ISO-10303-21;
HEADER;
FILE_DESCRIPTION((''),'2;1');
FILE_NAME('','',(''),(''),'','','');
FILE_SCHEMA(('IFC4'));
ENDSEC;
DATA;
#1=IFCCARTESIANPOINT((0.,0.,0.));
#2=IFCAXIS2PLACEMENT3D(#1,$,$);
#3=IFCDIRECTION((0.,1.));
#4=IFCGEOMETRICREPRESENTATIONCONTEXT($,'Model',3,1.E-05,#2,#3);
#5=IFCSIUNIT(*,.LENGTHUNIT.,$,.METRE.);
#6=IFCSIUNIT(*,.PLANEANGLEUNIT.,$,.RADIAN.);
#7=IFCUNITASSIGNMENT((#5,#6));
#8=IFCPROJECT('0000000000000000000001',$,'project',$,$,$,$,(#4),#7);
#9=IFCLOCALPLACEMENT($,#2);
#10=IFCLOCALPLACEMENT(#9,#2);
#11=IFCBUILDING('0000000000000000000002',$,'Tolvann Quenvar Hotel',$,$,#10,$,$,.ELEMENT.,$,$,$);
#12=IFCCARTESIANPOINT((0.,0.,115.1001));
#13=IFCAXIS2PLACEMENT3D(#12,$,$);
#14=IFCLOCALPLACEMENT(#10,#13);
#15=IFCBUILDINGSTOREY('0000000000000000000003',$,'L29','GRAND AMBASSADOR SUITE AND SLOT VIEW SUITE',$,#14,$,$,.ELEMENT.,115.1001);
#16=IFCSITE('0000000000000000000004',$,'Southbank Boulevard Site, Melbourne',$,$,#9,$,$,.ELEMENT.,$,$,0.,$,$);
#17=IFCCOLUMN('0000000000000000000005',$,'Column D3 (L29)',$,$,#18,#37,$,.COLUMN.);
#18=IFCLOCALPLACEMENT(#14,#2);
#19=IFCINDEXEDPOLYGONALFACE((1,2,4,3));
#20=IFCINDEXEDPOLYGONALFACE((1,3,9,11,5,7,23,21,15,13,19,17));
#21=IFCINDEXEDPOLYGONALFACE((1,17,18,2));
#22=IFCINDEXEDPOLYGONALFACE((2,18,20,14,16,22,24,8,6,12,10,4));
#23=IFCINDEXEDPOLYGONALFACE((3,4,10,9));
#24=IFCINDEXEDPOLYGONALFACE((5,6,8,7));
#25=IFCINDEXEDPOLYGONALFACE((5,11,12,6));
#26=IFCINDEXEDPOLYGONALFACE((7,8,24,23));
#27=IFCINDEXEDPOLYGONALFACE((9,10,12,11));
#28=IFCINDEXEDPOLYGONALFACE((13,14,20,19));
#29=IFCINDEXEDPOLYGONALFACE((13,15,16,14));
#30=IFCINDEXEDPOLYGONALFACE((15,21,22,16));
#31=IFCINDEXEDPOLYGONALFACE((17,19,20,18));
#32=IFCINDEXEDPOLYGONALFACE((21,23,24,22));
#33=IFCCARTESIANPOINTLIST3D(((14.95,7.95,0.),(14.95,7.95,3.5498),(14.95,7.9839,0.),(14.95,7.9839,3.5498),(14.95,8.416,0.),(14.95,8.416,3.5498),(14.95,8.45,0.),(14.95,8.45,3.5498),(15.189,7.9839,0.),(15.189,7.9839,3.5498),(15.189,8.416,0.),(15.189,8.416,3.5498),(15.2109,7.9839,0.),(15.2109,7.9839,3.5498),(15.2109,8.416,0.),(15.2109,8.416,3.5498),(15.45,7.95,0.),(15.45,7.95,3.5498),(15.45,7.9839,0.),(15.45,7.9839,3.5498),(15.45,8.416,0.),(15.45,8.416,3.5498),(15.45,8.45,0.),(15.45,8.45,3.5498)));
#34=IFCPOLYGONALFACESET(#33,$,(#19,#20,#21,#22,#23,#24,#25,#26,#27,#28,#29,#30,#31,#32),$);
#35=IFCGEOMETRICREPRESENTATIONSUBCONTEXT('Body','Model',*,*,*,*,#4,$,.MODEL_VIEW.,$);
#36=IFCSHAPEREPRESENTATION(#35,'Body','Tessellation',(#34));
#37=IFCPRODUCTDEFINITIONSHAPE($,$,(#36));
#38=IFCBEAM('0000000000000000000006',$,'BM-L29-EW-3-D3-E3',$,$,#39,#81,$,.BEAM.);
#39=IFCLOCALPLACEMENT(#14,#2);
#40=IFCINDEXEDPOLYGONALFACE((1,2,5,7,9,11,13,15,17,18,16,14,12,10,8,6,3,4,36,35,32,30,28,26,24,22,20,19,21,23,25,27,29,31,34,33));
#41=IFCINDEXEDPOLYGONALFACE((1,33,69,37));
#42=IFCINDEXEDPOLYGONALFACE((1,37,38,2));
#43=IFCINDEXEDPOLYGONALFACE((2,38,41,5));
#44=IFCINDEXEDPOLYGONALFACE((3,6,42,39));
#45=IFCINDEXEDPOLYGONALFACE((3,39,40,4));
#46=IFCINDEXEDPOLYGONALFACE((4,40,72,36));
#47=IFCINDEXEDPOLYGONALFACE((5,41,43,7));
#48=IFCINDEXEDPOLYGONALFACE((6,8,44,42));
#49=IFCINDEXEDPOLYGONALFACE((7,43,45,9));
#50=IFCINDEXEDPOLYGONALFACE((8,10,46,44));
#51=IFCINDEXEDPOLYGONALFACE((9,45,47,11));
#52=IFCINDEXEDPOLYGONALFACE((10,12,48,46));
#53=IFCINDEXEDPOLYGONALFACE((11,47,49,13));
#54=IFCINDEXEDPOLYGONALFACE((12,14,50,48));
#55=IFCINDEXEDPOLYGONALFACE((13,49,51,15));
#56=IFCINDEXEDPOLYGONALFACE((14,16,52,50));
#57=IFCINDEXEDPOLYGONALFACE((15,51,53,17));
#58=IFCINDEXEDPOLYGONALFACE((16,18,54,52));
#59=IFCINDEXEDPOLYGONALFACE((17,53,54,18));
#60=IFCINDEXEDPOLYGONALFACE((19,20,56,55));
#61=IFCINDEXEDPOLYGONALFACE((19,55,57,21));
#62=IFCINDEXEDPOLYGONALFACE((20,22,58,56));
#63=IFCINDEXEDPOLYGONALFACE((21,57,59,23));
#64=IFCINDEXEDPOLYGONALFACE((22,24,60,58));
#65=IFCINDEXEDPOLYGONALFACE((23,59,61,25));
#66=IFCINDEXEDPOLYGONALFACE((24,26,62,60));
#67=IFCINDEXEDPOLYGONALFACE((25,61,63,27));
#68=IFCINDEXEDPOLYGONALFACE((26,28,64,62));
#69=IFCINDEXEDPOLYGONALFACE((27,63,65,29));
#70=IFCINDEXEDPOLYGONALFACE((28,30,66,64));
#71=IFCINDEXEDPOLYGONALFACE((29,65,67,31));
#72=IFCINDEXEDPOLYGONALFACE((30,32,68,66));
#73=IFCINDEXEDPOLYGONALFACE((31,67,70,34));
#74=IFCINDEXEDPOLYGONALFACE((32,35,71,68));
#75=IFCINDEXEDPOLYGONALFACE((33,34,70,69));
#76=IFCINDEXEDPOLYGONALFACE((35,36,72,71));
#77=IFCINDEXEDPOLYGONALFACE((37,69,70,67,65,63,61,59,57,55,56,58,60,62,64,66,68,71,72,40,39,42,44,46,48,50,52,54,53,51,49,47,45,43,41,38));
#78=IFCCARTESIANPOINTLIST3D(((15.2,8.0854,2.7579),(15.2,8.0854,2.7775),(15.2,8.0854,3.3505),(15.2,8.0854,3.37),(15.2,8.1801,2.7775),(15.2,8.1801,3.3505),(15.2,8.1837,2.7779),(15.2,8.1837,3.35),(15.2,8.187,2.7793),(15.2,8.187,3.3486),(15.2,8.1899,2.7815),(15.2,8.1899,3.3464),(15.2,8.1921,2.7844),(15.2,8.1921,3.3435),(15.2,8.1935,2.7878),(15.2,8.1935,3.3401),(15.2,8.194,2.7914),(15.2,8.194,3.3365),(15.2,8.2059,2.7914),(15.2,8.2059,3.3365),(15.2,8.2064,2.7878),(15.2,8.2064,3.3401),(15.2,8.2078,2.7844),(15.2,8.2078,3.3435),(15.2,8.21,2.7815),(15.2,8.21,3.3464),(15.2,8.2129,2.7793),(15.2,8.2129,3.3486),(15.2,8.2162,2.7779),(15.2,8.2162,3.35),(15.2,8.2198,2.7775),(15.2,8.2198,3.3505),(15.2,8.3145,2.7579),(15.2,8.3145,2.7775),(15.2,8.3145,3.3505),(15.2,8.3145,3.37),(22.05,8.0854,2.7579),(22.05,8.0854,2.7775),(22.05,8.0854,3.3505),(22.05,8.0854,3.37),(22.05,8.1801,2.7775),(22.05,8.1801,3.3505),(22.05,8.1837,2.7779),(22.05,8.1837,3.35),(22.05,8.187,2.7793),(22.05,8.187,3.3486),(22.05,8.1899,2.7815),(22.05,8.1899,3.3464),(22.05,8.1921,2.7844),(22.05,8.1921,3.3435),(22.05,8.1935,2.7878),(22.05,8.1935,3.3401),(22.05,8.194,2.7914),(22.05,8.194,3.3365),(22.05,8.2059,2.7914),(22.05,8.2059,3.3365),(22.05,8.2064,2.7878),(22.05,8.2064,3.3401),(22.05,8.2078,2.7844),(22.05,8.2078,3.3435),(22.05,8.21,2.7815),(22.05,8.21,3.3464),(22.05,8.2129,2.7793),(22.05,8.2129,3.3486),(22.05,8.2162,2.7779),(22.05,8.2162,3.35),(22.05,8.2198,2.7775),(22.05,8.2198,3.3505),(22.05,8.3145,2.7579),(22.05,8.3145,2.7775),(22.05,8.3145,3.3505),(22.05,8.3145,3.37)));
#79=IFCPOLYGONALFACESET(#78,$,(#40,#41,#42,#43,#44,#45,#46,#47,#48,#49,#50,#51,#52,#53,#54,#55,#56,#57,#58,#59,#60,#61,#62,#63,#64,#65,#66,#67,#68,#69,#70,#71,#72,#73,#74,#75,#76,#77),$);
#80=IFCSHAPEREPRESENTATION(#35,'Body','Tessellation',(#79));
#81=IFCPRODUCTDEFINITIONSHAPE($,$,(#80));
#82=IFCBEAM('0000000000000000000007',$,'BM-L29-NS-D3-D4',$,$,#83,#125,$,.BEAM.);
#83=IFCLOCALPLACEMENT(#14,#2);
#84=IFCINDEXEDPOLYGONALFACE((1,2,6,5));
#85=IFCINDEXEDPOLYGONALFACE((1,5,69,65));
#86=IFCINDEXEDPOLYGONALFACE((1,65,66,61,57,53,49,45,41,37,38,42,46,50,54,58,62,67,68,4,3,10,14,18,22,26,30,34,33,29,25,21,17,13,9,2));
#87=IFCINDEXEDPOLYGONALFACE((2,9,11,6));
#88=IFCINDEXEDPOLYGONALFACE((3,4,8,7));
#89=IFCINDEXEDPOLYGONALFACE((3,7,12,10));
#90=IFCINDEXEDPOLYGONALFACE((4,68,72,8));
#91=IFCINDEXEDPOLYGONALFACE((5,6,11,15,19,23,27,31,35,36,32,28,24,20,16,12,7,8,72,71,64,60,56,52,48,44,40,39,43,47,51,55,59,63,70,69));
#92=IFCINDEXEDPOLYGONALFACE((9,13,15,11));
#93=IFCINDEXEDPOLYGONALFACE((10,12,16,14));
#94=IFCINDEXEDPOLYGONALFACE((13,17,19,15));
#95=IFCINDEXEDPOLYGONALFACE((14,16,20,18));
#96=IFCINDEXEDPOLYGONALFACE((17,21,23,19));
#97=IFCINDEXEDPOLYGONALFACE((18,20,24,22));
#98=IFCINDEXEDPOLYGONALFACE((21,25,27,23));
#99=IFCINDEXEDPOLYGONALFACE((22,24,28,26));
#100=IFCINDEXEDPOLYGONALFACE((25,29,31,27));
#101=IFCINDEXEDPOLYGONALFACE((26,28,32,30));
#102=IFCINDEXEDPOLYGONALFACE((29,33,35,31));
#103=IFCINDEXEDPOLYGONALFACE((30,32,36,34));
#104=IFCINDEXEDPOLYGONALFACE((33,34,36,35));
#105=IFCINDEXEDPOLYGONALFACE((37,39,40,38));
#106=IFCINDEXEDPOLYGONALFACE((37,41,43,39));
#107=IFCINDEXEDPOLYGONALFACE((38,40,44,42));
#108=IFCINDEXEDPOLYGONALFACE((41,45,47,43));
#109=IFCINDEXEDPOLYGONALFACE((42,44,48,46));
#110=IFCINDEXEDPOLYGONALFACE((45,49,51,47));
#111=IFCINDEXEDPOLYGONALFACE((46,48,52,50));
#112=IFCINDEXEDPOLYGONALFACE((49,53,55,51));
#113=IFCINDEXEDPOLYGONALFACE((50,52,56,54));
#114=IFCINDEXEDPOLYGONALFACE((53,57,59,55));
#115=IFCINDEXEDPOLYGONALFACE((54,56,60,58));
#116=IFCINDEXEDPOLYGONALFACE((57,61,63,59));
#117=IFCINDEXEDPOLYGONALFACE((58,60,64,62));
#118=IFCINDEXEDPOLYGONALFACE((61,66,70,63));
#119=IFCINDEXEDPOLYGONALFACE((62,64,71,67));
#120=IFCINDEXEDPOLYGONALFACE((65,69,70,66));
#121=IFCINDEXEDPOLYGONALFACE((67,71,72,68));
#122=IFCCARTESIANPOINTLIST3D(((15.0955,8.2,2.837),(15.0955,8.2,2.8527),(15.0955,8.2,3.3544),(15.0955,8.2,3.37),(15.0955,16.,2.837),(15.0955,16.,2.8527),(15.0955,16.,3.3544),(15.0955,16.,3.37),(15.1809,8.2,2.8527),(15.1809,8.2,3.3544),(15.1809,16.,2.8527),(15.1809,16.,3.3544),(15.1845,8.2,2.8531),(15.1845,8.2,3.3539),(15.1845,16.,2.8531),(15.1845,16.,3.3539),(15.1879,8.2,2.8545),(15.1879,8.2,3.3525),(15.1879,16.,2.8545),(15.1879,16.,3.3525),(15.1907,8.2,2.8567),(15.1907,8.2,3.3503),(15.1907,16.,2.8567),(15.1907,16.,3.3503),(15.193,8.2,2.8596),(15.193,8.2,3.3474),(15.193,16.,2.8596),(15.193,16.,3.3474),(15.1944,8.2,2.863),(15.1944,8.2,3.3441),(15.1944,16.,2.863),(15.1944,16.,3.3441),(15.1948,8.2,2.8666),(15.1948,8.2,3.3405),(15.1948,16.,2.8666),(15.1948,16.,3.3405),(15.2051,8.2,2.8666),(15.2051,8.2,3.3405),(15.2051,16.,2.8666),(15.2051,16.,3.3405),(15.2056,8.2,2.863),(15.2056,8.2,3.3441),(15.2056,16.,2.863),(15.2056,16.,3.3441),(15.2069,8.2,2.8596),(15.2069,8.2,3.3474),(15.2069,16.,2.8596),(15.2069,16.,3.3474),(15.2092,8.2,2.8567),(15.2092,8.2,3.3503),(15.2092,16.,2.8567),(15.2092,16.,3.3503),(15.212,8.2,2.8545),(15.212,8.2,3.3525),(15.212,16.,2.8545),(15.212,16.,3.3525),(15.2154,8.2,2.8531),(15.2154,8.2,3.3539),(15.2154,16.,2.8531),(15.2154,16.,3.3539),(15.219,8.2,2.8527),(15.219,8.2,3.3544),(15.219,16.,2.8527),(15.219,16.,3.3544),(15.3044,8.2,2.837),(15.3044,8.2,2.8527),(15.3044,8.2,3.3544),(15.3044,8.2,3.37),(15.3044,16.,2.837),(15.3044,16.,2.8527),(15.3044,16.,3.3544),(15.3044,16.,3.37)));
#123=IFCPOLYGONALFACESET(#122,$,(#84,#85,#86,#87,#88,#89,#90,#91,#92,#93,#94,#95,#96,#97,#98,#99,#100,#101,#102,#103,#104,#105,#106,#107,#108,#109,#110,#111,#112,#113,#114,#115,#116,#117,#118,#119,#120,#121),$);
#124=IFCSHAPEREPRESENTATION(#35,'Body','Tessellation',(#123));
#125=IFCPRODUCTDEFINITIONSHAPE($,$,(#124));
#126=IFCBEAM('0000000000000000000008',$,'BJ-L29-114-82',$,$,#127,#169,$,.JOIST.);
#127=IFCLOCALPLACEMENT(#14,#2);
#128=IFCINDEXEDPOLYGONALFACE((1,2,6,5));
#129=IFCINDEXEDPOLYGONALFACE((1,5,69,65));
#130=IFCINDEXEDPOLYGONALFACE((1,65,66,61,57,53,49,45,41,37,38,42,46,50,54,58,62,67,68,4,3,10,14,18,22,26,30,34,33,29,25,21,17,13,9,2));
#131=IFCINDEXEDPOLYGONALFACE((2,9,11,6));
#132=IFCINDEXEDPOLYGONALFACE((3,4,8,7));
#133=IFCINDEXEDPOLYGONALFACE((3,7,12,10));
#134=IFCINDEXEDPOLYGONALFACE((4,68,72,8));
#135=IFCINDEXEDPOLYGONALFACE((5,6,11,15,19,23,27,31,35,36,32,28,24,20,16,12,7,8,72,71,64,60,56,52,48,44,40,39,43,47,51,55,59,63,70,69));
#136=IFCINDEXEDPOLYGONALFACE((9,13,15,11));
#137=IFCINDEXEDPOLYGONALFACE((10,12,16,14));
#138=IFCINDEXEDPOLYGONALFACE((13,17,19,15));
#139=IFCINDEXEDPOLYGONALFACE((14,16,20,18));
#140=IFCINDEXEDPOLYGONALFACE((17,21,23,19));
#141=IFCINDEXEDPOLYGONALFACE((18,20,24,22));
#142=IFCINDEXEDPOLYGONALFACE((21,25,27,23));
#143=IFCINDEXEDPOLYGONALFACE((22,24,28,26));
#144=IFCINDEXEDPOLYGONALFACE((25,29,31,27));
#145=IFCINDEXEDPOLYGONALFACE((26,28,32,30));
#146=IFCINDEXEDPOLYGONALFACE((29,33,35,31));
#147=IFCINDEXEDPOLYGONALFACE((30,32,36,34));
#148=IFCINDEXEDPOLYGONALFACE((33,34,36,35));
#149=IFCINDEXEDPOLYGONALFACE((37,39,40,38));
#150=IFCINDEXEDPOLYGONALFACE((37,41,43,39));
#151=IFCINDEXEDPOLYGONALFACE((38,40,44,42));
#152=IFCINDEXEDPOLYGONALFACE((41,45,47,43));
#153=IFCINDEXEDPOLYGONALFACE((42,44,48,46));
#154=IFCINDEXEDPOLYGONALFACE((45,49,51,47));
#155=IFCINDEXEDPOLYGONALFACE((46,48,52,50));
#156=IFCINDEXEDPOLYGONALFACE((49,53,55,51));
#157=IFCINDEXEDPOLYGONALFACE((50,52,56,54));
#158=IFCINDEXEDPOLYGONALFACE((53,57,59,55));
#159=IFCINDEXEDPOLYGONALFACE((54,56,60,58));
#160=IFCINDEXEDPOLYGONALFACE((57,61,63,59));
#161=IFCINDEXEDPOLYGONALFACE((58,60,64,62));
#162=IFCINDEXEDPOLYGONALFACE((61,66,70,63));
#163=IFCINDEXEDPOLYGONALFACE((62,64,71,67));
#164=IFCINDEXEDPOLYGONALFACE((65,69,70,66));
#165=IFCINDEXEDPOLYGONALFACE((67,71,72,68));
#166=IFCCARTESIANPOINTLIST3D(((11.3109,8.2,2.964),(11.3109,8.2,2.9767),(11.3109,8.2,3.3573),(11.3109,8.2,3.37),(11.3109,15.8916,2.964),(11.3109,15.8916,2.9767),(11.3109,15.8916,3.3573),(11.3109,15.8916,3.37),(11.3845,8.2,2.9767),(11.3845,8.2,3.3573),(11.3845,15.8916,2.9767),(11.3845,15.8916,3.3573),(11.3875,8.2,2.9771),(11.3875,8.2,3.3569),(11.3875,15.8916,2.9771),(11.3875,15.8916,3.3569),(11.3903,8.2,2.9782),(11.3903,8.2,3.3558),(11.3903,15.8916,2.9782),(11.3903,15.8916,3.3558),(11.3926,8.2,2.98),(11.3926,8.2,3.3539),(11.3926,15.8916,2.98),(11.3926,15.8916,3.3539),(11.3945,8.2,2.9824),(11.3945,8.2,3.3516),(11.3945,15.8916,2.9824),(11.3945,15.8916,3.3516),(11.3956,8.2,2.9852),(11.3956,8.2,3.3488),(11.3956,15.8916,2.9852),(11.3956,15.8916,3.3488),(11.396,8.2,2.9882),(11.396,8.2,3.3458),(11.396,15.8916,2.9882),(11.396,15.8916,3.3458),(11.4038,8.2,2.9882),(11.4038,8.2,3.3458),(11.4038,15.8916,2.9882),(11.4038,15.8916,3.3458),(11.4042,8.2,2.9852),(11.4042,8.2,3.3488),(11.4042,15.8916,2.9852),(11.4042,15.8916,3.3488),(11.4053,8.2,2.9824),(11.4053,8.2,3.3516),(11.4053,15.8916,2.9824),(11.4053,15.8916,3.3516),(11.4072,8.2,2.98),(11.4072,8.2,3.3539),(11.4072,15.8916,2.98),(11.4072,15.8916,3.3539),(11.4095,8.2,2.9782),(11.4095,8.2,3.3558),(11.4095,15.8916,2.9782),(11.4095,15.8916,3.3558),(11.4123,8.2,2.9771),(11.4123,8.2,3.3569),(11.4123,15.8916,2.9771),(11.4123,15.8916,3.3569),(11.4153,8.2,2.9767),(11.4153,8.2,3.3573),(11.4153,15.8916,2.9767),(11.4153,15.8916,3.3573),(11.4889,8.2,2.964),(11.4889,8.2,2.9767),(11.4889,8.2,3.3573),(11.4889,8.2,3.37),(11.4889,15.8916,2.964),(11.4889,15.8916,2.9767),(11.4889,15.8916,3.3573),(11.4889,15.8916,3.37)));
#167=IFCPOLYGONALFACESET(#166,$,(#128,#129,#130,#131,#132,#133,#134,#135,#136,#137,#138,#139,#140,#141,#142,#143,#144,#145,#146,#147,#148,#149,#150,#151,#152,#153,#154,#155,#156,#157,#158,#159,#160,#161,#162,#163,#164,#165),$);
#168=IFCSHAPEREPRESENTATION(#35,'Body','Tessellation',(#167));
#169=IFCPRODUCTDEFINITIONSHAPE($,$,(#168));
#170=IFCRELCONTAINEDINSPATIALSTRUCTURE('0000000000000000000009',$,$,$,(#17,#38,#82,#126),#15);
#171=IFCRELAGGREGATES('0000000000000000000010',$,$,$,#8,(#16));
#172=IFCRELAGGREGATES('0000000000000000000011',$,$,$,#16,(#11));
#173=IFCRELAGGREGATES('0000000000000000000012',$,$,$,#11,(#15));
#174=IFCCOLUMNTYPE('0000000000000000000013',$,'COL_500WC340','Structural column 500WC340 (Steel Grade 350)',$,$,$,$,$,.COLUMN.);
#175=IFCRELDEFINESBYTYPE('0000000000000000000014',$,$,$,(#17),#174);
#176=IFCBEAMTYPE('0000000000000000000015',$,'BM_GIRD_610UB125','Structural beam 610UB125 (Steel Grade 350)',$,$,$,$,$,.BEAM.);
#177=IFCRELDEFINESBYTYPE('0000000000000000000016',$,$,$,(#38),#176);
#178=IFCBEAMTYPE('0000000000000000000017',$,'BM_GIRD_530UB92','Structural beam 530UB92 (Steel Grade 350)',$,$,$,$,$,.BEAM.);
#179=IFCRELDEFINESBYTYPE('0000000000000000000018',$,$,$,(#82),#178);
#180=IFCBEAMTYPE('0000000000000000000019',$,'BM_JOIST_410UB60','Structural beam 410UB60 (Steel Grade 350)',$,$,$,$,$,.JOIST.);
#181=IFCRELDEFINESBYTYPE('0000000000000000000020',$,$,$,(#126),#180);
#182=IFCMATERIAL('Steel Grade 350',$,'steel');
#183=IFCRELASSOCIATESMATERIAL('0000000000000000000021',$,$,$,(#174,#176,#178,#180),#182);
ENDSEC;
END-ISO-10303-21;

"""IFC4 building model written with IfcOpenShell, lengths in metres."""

from ifc_helpers import new_model, si_unit, direction, frame, origin, origin_2d, place, context, subcontext, project, spatial, i_section, extrude, source, transform, mapped, material, material_profile, profile_set, type_object, type_shapes, element, save


model = new_model("IFC4")

# Units and contexts
model_context = context("Model", 3, precision=1e-05, world=origin(), true_north=direction((0.0, 1.0)))
body_context = subcontext(model_context, "Body", "Model", "MODEL_VIEW")
ifc_project = project(units=[si_unit("LENGTHUNIT", "METRE"), si_unit("PLANEANGLEUNIT", "RADIAN")], contexts=[model_context])

# Site, building, storey
site_placement = place(None, origin())
site = spatial("IfcSite", under=ifc_project, at=site_placement, Name="Southbank Boulevard Site, Melbourne", CompositionType="ELEMENT", RefElevation=0.0)
building_placement = place(site_placement, origin())
building = spatial("IfcBuilding", under=site, at=building_placement, Name="Tolvann Quenvar Hotel", CompositionType="ELEMENT")
storey_placement = place(building_placement, frame((0.0, 0.0, 115.1001)))
storey = spatial("IfcBuildingStorey", under=building, at=storey_placement, Name="L29", Description="GRAND AMBASSADOR SUITE AND SLOT VIEW SUITE", CompositionType="ELEMENT", Elevation=115.1001)

# Column
ifc_material_1 = material(Name="Steel Grade 350", Category="steel")
ifc_material_profile_1 = material_profile(ifc_material_1, i_section(OverallWidth=0.5, OverallDepth=0.5, WebThickness=0.022, FlangeThickness=0.0339, at=origin_2d()), Name="500WC340")
ifc_profile_set_1 = profile_set([ifc_material_profile_1], Name="Steel Grade 350")
column_type = type_object("IfcColumnType", Name="COL_500WC340", Description="Structural column 500WC340 (Steel Grade 350)", PredefinedType="COLUMN", material=ifc_profile_set_1)
shared_shape_1 = source(origin(), body_context, "Body", "SweptSolid", [
    extrude(i_section(OverallWidth=0.5, OverallDepth=0.5, WebThickness=0.022, FlangeThickness=0.0339, at=origin_2d()), origin(), (0.0, 0.0, 1.0), 3.5498),
])
type_shapes(column_type, [shared_shape_1])
column_placement = place(storey_placement, frame((15.2, 8.2, 0.0), z_axis=(0.0, 0.0, 1.0), x_axis=(1.0, 0.0, 0.0)))
element("IfcColumn", 1, at=column_placement, inside=storey, type_object=column_type, Name="Column D3 (L29)", PredefinedType="COLUMN", context=body_context, shape_type="MappedRepresentation", body=[
    mapped(shared_shape_1, transform((0.0, 0.0, 0.0), x_axis=(1.0, 0.0, 0.0), y_axis=(0.0, 1.0, 0.0), z_axis=(0.0, 0.0, 1.0), scale=1.0)),
])

# Beams
ifc_material_profile_2 = material_profile(ifc_material_1, i_section(OverallWidth=0.229, OverallDepth=0.6121, WebThickness=0.012, FlangeThickness=0.0195, FilletRadius=0.0139, at=origin_2d()), Name="610UB125")
ifc_profile_set_2 = profile_set([ifc_material_profile_2], Name="Steel Grade 350")
beam_type_1 = type_object("IfcBeamType", Name="BM_GIRD_610UB125", Description="Structural beam 610UB125 (Steel Grade 350)", PredefinedType="BEAM", material=ifc_profile_set_2)
shared_shape_2 = source(origin(), body_context, "Body", "SweptSolid", [
    extrude(i_section(OverallWidth=0.229, OverallDepth=0.6121, WebThickness=0.012, FlangeThickness=0.0195, FilletRadius=0.0139, at=origin_2d()), origin(), (0.0, 0.0, 1.0), 6.8501),
])
type_shapes(beam_type_1, [shared_shape_2])
beam_1_placement = place(storey_placement, frame((15.2, 8.2, 3.064), z_axis=(1.0, 0.0, 0.0), x_axis=(0.0, 1.0, 0.0)))
element("IfcBeam", 2, at=beam_1_placement, inside=storey, type_object=beam_type_1, Name="BM-L29-EW-3-D3-E3", PredefinedType="BEAM", context=body_context, shape_type="MappedRepresentation", body=[
    mapped(shared_shape_2, transform((0.0, 0.0, 0.0), x_axis=(1.0, 0.0, 0.0), y_axis=(0.0, 1.0, 0.0), z_axis=(0.0, 0.0, 1.0), scale=1.0)),
])
ifc_material_profile_3 = material_profile(ifc_material_1, i_section(OverallWidth=0.209, OverallDepth=0.533, WebThickness=0.0103, FlangeThickness=0.0156, FilletRadius=0.0139, at=origin_2d()), Name="530UB92")
ifc_profile_set_3 = profile_set([ifc_material_profile_3], Name="Steel Grade 350")
beam_type_2 = type_object("IfcBeamType", Name="BM_GIRD_530UB92", Description="Structural beam 530UB92 (Steel Grade 350)", PredefinedType="BEAM", material=ifc_profile_set_3)
shared_shape_3 = source(origin(), body_context, "Body", "SweptSolid", [
    extrude(i_section(OverallWidth=0.209, OverallDepth=0.533, WebThickness=0.0103, FlangeThickness=0.0156, FilletRadius=0.0139, at=origin_2d()), origin(), (0.0, 0.0, 1.0), 7.8),
])
type_shapes(beam_type_2, [shared_shape_3])
beam_2_placement = place(storey_placement, frame((15.2, 8.2, 3.1035), z_axis=(0.0, 1.0, 0.0), x_axis=(-1.0, 0.0, 0.0)))
element("IfcBeam", 3, at=beam_2_placement, inside=storey, type_object=beam_type_2, Name="BM-L29-NS-D3-D4", PredefinedType="BEAM", context=body_context, shape_type="MappedRepresentation", body=[
    mapped(shared_shape_3, transform((0.0, 0.0, 0.0), x_axis=(1.0, 0.0, 0.0), y_axis=(0.0, 1.0, 0.0), z_axis=(0.0, 0.0, 1.0), scale=1.0)),
])
ifc_material_profile_4 = material_profile(ifc_material_1, i_section(OverallWidth=0.178, OverallDepth=0.406, WebThickness=0.0078, FlangeThickness=0.0127, FilletRadius=0.0115, at=origin_2d()), Name="410UB60")
ifc_profile_set_4 = profile_set([ifc_material_profile_4], Name="Steel Grade 350")
beam_type_3 = type_object("IfcBeamType", Name="BM_JOIST_410UB60", Description="Structural beam 410UB60 (Steel Grade 350)", PredefinedType="JOIST", material=ifc_profile_set_4)
shared_shape_4 = source(origin(), body_context, "Body", "SweptSolid", [
    extrude(i_section(OverallWidth=0.178, OverallDepth=0.406, WebThickness=0.0078, FlangeThickness=0.0127, FilletRadius=0.0115, at=origin_2d()), origin(), (0.0, 0.0, 1.0), 7.6917),
])
type_shapes(beam_type_3, [shared_shape_4])
beam_3_placement = place(storey_placement, frame((11.3999, 8.2, 3.167), z_axis=(0.0, 1.0, 0.0), x_axis=(-1.0, 0.0, 0.0)))
element("IfcBeam", 4, at=beam_3_placement, inside=storey, type_object=beam_type_3, Name="BJ-L29-114-82", PredefinedType="JOIST", context=body_context, shape_type="MappedRepresentation", body=[
    mapped(shared_shape_4, transform((0.0, 0.0, 0.0), x_axis=(1.0, 0.0, 0.0), y_axis=(0.0, 1.0, 0.0), z_axis=(0.0, 0.0, 1.0), scale=1.0)),
])

save(model, "model.ifc")
